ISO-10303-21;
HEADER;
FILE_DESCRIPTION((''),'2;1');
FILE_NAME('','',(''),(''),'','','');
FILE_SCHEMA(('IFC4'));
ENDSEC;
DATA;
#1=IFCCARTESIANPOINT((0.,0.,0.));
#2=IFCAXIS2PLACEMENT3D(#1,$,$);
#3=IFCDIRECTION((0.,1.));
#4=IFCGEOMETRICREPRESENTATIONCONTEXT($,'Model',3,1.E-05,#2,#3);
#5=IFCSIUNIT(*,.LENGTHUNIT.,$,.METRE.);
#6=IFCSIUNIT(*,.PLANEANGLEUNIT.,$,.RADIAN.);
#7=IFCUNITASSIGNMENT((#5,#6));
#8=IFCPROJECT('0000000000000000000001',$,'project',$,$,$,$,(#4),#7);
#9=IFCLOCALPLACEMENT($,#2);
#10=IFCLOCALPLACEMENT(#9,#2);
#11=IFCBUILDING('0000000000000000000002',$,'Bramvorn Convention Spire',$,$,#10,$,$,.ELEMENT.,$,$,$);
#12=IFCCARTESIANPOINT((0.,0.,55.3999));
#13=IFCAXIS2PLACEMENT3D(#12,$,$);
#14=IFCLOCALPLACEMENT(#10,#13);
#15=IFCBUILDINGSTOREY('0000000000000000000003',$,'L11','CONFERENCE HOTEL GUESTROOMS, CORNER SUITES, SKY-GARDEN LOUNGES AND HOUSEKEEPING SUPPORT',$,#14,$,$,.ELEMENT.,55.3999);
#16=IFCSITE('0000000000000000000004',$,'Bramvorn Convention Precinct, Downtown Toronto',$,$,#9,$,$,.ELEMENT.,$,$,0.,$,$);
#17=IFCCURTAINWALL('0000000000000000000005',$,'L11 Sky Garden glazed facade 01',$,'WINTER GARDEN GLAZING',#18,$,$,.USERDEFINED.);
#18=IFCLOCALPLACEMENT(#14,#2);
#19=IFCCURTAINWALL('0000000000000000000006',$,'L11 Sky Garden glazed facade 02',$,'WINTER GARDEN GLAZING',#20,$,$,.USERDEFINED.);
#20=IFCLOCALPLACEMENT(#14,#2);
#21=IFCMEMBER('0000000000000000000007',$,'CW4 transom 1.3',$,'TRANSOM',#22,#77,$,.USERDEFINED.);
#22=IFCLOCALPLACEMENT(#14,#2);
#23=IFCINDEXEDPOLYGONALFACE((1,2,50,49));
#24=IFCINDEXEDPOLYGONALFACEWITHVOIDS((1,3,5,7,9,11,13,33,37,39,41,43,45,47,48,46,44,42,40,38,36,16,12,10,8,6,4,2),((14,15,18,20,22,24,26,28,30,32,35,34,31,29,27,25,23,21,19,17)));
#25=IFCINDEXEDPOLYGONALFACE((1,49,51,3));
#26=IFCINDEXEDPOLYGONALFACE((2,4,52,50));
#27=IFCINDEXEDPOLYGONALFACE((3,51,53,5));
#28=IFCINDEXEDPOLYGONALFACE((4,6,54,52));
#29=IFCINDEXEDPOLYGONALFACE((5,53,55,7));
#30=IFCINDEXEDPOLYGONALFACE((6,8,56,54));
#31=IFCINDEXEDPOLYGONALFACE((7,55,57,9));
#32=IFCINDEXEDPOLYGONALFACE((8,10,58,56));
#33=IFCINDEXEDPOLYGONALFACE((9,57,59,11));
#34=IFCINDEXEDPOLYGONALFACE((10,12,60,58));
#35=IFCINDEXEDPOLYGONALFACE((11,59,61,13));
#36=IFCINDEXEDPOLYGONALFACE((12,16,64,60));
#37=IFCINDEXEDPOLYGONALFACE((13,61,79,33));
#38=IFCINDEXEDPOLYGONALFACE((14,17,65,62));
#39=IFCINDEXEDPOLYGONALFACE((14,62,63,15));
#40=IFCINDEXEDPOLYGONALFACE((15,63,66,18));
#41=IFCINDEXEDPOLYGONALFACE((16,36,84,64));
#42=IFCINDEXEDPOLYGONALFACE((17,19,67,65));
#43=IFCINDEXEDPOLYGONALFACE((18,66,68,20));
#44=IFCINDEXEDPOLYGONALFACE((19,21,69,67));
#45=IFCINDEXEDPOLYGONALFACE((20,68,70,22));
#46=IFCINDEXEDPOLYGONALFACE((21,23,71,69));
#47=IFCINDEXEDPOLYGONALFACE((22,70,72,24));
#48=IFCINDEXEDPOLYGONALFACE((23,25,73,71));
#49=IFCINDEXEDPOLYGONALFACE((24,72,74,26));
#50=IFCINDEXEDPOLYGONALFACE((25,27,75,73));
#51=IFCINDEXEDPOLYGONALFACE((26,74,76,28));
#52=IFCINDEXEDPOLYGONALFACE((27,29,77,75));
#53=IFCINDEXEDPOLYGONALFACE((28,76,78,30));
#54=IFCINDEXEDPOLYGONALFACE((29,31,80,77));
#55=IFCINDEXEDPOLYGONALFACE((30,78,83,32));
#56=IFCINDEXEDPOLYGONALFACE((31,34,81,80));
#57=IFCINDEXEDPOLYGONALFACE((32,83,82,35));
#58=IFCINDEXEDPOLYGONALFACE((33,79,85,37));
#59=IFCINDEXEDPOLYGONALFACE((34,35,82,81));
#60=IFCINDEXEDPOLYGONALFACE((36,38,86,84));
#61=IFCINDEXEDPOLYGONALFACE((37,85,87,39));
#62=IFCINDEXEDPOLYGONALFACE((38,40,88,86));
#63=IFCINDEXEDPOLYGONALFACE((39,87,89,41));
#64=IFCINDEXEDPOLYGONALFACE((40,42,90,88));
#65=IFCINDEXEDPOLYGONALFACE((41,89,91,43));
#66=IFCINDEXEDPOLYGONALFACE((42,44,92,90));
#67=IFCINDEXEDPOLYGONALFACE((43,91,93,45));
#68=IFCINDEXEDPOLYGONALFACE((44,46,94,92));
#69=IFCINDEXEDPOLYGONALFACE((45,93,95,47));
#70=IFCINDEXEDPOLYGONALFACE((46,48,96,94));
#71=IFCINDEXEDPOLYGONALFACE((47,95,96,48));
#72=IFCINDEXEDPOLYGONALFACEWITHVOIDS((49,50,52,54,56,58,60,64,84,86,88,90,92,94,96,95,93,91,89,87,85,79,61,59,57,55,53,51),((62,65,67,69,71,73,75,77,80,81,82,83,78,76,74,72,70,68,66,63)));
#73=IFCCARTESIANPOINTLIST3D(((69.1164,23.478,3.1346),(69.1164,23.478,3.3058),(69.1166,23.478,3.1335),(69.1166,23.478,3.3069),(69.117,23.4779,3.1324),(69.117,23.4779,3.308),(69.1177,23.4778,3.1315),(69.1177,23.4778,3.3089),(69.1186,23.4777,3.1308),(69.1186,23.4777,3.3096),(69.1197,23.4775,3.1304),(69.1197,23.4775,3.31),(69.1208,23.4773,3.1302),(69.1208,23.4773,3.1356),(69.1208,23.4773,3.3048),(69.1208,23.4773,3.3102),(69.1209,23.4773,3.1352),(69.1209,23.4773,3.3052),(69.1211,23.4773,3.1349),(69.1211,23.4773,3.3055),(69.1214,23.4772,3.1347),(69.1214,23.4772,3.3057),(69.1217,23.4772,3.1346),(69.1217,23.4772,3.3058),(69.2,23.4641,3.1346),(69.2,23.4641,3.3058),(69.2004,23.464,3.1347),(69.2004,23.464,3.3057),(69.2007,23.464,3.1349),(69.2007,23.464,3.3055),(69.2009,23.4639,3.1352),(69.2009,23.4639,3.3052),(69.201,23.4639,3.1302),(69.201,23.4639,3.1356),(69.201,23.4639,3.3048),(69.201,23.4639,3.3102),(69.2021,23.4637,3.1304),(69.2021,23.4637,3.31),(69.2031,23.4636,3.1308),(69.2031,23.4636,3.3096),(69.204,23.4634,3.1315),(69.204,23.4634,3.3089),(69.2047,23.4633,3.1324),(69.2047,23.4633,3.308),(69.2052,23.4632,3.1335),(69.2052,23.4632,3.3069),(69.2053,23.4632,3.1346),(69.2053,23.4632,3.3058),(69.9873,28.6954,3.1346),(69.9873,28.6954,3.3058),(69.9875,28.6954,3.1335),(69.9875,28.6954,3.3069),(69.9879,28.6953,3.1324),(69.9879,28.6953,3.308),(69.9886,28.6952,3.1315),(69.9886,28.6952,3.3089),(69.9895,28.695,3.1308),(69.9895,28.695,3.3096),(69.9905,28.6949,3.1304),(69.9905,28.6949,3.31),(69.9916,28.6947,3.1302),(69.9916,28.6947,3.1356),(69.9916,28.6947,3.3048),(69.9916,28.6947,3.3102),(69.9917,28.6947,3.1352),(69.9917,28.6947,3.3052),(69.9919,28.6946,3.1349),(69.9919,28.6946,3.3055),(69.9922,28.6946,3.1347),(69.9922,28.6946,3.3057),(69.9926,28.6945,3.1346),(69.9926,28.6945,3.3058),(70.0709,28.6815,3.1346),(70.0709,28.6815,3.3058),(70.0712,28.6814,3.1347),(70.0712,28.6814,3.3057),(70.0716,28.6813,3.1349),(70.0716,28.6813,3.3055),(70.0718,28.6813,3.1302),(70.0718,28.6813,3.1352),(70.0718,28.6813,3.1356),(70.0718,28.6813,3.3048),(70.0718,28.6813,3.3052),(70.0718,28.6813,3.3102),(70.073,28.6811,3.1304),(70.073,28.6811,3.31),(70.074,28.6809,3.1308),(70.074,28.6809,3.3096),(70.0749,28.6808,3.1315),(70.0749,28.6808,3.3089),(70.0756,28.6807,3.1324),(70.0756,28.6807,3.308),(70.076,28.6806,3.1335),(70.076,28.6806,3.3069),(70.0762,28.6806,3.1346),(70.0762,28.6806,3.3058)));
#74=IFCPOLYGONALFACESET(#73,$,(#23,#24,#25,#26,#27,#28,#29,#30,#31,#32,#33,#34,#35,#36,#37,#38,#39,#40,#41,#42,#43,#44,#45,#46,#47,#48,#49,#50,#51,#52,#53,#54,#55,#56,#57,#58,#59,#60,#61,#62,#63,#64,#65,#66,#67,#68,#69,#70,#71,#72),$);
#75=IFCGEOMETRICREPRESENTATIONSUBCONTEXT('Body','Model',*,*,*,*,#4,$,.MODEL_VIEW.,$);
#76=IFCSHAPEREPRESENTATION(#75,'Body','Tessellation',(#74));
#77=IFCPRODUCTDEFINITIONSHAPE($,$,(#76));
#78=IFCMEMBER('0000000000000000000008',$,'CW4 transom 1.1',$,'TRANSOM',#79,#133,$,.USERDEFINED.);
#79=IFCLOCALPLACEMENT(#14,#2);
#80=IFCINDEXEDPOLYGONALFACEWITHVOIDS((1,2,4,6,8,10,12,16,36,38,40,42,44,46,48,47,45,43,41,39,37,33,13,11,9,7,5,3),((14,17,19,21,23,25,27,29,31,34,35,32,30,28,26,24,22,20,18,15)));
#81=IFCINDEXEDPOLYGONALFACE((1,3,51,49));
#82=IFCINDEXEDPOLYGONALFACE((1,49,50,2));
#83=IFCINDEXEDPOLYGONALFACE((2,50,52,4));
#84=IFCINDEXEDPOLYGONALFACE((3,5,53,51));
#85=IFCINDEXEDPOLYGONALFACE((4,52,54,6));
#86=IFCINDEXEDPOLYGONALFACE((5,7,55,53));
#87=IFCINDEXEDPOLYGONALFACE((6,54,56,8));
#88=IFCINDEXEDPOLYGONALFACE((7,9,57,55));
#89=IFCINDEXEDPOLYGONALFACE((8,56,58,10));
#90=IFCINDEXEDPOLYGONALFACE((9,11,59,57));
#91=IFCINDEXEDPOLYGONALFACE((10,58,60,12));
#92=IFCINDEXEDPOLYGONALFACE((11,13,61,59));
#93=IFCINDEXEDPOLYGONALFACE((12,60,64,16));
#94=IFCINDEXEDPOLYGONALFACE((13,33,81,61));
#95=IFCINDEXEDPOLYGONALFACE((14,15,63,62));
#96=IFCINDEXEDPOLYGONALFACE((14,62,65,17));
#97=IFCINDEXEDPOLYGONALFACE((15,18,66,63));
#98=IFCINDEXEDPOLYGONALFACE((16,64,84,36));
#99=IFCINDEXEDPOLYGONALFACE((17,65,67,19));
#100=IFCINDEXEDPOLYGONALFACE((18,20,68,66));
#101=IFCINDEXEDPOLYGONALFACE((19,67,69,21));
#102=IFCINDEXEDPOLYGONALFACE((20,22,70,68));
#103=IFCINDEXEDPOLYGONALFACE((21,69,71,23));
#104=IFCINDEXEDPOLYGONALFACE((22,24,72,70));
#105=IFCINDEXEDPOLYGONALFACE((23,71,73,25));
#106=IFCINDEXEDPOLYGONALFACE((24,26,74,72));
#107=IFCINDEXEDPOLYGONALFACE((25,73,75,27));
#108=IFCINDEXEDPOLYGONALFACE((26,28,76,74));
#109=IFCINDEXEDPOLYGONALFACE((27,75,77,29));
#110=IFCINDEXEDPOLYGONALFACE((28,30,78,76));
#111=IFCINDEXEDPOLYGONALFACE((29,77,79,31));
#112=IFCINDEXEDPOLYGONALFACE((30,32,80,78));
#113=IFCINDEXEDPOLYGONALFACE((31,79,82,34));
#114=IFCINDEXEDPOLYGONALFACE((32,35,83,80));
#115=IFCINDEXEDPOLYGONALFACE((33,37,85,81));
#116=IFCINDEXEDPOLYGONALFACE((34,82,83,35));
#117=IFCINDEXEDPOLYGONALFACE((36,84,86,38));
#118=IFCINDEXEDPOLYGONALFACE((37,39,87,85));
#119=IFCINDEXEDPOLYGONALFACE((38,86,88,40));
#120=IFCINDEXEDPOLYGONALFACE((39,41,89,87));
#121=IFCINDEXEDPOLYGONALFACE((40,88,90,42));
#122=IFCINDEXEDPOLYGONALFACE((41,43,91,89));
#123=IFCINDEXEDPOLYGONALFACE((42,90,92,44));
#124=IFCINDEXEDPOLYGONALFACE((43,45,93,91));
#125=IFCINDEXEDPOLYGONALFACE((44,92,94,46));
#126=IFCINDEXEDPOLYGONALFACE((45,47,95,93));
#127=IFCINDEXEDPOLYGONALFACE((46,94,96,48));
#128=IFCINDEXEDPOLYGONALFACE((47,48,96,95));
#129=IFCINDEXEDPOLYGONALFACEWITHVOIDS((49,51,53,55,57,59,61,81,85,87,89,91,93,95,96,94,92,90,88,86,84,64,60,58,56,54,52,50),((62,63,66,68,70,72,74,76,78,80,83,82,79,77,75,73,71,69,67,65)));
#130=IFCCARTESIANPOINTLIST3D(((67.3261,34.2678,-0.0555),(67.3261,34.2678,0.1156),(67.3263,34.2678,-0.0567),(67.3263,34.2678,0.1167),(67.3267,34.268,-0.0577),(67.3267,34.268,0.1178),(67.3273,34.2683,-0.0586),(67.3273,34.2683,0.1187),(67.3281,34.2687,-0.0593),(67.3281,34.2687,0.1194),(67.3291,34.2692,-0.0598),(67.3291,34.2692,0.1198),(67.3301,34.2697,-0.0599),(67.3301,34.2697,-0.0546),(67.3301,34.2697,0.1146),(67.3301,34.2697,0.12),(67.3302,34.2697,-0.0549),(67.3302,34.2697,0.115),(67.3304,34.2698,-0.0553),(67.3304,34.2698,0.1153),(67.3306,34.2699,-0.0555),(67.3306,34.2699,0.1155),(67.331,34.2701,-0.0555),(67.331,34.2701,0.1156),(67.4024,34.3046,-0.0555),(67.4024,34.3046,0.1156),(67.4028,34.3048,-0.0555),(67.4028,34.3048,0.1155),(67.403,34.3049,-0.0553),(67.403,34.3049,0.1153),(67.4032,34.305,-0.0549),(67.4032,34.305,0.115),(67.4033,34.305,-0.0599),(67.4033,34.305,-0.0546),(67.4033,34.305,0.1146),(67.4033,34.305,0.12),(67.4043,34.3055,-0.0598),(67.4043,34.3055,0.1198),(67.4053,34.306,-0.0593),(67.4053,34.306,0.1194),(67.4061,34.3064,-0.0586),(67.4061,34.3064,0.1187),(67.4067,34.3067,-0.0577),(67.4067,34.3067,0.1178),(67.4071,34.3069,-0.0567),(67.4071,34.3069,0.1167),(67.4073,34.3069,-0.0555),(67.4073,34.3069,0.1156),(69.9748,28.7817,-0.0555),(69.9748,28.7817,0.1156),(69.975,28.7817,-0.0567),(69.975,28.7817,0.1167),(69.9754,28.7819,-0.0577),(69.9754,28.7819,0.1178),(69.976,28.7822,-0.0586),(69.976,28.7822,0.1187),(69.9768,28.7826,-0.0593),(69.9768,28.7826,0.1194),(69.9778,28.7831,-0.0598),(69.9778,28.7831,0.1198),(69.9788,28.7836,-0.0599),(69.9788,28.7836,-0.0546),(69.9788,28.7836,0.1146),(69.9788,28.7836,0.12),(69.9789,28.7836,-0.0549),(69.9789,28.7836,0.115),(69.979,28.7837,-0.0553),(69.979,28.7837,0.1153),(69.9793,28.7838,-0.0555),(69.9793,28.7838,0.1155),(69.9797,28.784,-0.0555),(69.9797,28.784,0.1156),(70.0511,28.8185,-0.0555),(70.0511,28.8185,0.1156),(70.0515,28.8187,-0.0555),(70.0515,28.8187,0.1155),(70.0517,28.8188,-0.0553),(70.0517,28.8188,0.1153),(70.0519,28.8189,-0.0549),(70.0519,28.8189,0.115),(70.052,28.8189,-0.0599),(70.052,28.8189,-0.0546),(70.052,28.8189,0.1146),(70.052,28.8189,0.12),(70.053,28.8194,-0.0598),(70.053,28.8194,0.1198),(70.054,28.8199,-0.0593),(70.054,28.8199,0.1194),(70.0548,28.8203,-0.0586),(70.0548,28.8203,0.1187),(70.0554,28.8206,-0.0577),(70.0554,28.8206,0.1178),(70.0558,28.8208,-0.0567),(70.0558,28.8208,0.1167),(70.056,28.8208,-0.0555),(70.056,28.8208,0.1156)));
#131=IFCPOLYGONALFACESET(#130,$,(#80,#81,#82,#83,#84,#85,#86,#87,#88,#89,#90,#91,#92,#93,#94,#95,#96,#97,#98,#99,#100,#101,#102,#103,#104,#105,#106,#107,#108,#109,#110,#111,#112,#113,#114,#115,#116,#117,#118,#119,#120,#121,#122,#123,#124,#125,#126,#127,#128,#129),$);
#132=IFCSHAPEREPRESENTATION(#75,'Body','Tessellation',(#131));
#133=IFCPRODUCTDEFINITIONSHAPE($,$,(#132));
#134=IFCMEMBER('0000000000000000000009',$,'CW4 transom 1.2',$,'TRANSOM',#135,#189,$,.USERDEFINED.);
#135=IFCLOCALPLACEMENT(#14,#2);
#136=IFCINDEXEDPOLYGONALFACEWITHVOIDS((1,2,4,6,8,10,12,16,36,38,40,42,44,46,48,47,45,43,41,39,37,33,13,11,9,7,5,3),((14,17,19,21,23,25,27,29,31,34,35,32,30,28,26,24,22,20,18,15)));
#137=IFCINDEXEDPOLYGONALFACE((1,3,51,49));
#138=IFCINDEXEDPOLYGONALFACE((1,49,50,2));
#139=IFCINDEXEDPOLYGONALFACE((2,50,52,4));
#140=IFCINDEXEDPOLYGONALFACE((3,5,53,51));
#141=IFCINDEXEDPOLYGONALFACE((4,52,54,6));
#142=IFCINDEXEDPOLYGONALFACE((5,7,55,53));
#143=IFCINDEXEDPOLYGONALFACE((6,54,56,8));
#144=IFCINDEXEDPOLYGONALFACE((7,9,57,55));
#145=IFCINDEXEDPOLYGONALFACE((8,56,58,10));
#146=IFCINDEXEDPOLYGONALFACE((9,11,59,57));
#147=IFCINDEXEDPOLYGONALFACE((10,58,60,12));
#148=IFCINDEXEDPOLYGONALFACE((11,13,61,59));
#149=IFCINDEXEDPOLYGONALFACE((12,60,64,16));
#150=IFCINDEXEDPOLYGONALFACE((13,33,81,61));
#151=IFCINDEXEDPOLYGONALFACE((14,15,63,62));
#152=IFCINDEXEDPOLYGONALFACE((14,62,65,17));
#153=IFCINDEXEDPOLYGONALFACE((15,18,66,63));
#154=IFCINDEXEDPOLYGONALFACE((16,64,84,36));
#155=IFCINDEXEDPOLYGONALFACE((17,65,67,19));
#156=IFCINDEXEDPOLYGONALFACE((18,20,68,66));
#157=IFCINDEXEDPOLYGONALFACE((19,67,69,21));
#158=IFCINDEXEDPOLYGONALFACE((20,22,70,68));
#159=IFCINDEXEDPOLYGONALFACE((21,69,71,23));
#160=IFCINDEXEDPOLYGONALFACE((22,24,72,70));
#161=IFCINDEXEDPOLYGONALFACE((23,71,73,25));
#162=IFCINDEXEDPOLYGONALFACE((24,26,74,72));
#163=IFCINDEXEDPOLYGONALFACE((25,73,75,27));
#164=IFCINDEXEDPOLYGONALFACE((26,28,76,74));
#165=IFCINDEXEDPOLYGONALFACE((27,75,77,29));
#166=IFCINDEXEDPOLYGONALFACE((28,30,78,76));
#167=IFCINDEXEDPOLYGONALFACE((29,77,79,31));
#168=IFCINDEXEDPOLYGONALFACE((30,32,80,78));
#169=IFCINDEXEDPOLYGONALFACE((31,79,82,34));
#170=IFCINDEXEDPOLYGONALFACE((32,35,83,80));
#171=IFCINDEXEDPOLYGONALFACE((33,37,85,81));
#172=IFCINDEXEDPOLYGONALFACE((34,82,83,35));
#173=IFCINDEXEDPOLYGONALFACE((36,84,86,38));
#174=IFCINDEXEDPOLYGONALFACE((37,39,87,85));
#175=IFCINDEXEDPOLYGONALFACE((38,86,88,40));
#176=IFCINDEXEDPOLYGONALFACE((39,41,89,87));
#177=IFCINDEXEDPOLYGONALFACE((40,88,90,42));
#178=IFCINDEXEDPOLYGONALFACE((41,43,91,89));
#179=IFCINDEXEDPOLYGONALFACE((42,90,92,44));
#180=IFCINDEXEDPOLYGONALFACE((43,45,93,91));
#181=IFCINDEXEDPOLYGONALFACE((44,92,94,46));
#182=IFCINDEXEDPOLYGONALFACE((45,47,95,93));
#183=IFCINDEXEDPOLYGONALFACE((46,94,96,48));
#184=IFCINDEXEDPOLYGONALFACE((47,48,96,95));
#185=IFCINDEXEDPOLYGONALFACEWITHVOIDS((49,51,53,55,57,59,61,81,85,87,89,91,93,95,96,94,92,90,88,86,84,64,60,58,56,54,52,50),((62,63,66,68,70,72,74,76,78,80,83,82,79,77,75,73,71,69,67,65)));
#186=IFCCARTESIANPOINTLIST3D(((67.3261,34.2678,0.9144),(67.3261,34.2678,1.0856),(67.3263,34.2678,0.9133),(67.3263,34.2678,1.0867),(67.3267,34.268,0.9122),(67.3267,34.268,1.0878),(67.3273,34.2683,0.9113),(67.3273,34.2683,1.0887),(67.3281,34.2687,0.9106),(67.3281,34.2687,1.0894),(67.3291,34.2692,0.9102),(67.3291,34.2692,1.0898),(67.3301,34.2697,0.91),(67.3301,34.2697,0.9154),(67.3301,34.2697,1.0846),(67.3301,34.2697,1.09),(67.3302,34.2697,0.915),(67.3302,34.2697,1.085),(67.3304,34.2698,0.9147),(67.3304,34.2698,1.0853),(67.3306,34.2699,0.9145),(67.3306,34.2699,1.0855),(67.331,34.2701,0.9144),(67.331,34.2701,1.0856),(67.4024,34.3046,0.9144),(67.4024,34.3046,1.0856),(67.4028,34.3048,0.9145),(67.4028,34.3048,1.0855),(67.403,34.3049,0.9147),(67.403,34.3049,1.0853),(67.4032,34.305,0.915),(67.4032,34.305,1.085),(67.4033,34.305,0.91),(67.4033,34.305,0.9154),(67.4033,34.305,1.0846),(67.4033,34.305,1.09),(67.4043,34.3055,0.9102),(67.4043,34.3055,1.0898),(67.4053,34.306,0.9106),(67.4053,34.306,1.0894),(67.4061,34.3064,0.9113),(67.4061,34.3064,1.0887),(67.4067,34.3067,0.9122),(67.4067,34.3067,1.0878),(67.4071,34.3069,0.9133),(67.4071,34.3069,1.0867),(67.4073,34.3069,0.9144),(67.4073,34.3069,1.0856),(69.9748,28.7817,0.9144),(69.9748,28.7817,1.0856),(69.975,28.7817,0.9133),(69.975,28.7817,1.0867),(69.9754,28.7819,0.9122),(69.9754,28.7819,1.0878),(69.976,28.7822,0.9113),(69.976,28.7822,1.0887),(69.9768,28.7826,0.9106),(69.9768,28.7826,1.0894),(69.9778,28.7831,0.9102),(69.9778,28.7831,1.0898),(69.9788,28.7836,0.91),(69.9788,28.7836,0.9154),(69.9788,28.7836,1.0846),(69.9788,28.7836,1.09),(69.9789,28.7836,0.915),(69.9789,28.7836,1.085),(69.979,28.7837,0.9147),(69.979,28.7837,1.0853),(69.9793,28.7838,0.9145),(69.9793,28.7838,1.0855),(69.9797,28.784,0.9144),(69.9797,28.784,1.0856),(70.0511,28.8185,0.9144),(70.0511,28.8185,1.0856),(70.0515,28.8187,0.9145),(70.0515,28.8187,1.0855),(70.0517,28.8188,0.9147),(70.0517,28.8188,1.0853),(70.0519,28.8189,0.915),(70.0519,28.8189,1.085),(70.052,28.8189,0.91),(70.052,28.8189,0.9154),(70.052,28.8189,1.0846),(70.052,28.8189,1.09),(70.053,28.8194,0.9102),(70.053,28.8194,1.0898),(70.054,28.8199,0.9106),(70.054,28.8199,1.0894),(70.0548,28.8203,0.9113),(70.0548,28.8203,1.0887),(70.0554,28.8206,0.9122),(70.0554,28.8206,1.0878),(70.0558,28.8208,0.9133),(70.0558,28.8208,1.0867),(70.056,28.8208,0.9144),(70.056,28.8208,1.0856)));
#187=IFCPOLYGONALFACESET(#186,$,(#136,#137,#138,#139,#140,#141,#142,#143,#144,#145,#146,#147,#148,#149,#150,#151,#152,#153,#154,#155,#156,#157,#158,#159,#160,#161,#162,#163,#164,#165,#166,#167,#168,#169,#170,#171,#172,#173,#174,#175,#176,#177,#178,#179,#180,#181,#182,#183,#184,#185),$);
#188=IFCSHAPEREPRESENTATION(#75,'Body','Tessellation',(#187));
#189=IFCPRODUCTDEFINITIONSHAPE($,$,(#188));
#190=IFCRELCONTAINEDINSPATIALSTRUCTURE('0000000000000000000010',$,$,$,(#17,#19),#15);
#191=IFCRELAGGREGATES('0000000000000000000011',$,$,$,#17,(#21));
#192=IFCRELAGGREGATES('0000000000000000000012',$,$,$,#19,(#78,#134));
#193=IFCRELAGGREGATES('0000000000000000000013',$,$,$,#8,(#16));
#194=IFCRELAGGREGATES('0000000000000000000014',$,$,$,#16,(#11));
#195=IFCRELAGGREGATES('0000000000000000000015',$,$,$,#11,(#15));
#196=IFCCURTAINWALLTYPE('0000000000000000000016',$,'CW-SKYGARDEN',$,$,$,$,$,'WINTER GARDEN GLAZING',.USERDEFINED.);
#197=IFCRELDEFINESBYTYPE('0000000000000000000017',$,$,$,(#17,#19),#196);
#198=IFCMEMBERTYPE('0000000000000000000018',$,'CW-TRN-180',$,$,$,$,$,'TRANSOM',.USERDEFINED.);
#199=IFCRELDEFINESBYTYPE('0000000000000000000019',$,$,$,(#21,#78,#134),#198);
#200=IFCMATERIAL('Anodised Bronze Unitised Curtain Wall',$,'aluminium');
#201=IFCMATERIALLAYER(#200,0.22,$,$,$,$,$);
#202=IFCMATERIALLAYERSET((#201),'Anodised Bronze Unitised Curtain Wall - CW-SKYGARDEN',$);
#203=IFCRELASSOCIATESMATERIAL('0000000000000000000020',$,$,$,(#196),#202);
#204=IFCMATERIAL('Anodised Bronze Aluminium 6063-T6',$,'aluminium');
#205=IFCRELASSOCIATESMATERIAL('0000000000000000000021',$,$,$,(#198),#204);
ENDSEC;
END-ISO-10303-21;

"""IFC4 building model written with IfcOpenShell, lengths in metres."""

from ifc_helpers import new_model, si_unit, direction, frame, origin, origin_2d, place, context, subcontext, project, spatial, hollow_rectangle, extrude, material, layer, layer_set, material_profile, profile_set, type_object, element, aggregate, save


model = new_model("IFC4")

# Units and contexts
model_context = context("Model", 3, precision=1e-05, world=origin(), true_north=direction((0.0, 1.0)))
body_context = subcontext(model_context, "Body", "Model", "MODEL_VIEW")
ifc_project = project(units=[si_unit("LENGTHUNIT", "METRE"), si_unit("PLANEANGLEUNIT", "RADIAN")], contexts=[model_context])

# Site, building, storey
site_placement = place(None, origin())
site = spatial("IfcSite", under=ifc_project, at=site_placement, Name="Bramvorn Convention Precinct, Downtown Toronto", CompositionType="ELEMENT", RefElevation=0.0)
building_placement = place(site_placement, origin())
building = spatial("IfcBuilding", under=site, at=building_placement, Name="Bramvorn Convention Spire", CompositionType="ELEMENT")
storey_placement = place(building_placement, frame((0.0, 0.0, 55.3999)))
storey = spatial("IfcBuildingStorey", under=building, at=storey_placement, Name="L11", Description="CONFERENCE HOTEL GUESTROOMS, CORNER SUITES, SKY-GARDEN LOUNGES AND HOUSEKEEPING SUPPORT", CompositionType="ELEMENT", Elevation=55.3999)

# Curtain walls
ifc_material_1 = material(Name="Anodised Bronze Unitised Curtain Wall", Category="aluminium")
ifc_material_2 = material(Name="Anodised Bronze Aluminium 6063-T6", Category="aluminium")
ifc_layer_1 = layer(ifc_material_1, 0.22)
ifc_layer_set_1 = layer_set([ifc_layer_1], Name="Anodised Bronze Unitised Curtain Wall - CW-SKYGARDEN")
curtain_wall_type_1 = type_object("IfcCurtainWallType", Name="CW-SKYGARDEN", ElementType="WINTER GARDEN GLAZING", PredefinedType="USERDEFINED", material=ifc_layer_set_1)
curtain_wall_1_placement = place(storey_placement, origin())
curtain_wall_1 = element("IfcCurtainWall", 1, at=curtain_wall_1_placement, inside=storey, type_object=curtain_wall_type_1, Name="L11 Sky Garden glazed facade 01", ObjectType="WINTER GARDEN GLAZING", PredefinedType="USERDEFINED")
curtain_wall_2_placement = place(storey_placement, origin())
curtain_wall_2 = element("IfcCurtainWall", 2, at=curtain_wall_2_placement, inside=storey, type_object=curtain_wall_type_1, Name="L11 Sky Garden glazed facade 02", ObjectType="WINTER GARDEN GLAZING", PredefinedType="USERDEFINED")

# Members
ifc_material_profile_1 = material_profile(ifc_material_2, hollow_rectangle(XDim=0.0901, YDim=0.1799, WallThickness=0.0044, InnerFilletRadius=0.001, OuterFilletRadius=0.0044, at=origin_2d()))
ifc_profile_set_1 = profile_set([ifc_material_profile_1], Name="Anodised Bronze Aluminium 6063-T6 - CWT90X180")
member_type_1 = type_object("IfcMemberType", Name="CW-TRN-180", ElementType="TRANSOM", PredefinedType="USERDEFINED", material=ifc_profile_set_1)
member_1_placement = place(storey_placement, frame((70.0317, 28.688, 3.2202), z_axis=(-0.164638, -0.986354, 0.0), x_axis=(0.986354, -0.164638, 0.0)))
member_1 = element("IfcMember", 3, at=member_1_placement, type_object=member_type_1, Name="CW4 transom 1.3", ObjectType="TRANSOM", PredefinedType="USERDEFINED", context=body_context, shape_type="SweptSolid", body=[
    extrude(hollow_rectangle(XDim=0.0901, YDim=0.1799, WallThickness=0.0044, InnerFilletRadius=0.001, OuterFilletRadius=0.0044, at=origin_2d()), origin(), (0.0, 0.0, 1.0), 5.2896),
])
member_2_placement = place(storey_placement, frame((67.3667, 34.2874, 0.03), z_axis=(0.434779, -0.900537, 0.0), x_axis=(0.900537, 0.434779, 0.0)))
member_2 = element("IfcMember", 4, at=member_2_placement, type_object=member_type_1, Name="CW4 transom 1.1", ObjectType="TRANSOM", PredefinedType="USERDEFINED", context=body_context, shape_type="SweptSolid", body=[
    extrude(hollow_rectangle(XDim=0.0901, YDim=0.1799, WallThickness=0.0044, InnerFilletRadius=0.001, OuterFilletRadius=0.0044, at=origin_2d()), origin(), (0.0, 0.0, 1.0), 6.092),
])
member_3_placement = place(storey_placement, frame((67.3667, 34.2874, 1.0), z_axis=(0.434779, -0.900537, 0.0), x_axis=(0.900537, 0.434779, 0.0)))
member_3 = element("IfcMember", 5, at=member_3_placement, type_object=member_type_1, Name="CW4 transom 1.2", ObjectType="TRANSOM", PredefinedType="USERDEFINED", context=body_context, shape_type="SweptSolid", body=[
    extrude(hollow_rectangle(XDim=0.0901, YDim=0.1799, WallThickness=0.0044, InnerFilletRadius=0.001, OuterFilletRadius=0.0044, at=origin_2d()), origin(), (0.0, 0.0, 1.0), 6.092),
])

aggregate(curtain_wall_1, [member_1])
aggregate(curtain_wall_2, [member_2, member_3])

save(model, "model.ifc")
